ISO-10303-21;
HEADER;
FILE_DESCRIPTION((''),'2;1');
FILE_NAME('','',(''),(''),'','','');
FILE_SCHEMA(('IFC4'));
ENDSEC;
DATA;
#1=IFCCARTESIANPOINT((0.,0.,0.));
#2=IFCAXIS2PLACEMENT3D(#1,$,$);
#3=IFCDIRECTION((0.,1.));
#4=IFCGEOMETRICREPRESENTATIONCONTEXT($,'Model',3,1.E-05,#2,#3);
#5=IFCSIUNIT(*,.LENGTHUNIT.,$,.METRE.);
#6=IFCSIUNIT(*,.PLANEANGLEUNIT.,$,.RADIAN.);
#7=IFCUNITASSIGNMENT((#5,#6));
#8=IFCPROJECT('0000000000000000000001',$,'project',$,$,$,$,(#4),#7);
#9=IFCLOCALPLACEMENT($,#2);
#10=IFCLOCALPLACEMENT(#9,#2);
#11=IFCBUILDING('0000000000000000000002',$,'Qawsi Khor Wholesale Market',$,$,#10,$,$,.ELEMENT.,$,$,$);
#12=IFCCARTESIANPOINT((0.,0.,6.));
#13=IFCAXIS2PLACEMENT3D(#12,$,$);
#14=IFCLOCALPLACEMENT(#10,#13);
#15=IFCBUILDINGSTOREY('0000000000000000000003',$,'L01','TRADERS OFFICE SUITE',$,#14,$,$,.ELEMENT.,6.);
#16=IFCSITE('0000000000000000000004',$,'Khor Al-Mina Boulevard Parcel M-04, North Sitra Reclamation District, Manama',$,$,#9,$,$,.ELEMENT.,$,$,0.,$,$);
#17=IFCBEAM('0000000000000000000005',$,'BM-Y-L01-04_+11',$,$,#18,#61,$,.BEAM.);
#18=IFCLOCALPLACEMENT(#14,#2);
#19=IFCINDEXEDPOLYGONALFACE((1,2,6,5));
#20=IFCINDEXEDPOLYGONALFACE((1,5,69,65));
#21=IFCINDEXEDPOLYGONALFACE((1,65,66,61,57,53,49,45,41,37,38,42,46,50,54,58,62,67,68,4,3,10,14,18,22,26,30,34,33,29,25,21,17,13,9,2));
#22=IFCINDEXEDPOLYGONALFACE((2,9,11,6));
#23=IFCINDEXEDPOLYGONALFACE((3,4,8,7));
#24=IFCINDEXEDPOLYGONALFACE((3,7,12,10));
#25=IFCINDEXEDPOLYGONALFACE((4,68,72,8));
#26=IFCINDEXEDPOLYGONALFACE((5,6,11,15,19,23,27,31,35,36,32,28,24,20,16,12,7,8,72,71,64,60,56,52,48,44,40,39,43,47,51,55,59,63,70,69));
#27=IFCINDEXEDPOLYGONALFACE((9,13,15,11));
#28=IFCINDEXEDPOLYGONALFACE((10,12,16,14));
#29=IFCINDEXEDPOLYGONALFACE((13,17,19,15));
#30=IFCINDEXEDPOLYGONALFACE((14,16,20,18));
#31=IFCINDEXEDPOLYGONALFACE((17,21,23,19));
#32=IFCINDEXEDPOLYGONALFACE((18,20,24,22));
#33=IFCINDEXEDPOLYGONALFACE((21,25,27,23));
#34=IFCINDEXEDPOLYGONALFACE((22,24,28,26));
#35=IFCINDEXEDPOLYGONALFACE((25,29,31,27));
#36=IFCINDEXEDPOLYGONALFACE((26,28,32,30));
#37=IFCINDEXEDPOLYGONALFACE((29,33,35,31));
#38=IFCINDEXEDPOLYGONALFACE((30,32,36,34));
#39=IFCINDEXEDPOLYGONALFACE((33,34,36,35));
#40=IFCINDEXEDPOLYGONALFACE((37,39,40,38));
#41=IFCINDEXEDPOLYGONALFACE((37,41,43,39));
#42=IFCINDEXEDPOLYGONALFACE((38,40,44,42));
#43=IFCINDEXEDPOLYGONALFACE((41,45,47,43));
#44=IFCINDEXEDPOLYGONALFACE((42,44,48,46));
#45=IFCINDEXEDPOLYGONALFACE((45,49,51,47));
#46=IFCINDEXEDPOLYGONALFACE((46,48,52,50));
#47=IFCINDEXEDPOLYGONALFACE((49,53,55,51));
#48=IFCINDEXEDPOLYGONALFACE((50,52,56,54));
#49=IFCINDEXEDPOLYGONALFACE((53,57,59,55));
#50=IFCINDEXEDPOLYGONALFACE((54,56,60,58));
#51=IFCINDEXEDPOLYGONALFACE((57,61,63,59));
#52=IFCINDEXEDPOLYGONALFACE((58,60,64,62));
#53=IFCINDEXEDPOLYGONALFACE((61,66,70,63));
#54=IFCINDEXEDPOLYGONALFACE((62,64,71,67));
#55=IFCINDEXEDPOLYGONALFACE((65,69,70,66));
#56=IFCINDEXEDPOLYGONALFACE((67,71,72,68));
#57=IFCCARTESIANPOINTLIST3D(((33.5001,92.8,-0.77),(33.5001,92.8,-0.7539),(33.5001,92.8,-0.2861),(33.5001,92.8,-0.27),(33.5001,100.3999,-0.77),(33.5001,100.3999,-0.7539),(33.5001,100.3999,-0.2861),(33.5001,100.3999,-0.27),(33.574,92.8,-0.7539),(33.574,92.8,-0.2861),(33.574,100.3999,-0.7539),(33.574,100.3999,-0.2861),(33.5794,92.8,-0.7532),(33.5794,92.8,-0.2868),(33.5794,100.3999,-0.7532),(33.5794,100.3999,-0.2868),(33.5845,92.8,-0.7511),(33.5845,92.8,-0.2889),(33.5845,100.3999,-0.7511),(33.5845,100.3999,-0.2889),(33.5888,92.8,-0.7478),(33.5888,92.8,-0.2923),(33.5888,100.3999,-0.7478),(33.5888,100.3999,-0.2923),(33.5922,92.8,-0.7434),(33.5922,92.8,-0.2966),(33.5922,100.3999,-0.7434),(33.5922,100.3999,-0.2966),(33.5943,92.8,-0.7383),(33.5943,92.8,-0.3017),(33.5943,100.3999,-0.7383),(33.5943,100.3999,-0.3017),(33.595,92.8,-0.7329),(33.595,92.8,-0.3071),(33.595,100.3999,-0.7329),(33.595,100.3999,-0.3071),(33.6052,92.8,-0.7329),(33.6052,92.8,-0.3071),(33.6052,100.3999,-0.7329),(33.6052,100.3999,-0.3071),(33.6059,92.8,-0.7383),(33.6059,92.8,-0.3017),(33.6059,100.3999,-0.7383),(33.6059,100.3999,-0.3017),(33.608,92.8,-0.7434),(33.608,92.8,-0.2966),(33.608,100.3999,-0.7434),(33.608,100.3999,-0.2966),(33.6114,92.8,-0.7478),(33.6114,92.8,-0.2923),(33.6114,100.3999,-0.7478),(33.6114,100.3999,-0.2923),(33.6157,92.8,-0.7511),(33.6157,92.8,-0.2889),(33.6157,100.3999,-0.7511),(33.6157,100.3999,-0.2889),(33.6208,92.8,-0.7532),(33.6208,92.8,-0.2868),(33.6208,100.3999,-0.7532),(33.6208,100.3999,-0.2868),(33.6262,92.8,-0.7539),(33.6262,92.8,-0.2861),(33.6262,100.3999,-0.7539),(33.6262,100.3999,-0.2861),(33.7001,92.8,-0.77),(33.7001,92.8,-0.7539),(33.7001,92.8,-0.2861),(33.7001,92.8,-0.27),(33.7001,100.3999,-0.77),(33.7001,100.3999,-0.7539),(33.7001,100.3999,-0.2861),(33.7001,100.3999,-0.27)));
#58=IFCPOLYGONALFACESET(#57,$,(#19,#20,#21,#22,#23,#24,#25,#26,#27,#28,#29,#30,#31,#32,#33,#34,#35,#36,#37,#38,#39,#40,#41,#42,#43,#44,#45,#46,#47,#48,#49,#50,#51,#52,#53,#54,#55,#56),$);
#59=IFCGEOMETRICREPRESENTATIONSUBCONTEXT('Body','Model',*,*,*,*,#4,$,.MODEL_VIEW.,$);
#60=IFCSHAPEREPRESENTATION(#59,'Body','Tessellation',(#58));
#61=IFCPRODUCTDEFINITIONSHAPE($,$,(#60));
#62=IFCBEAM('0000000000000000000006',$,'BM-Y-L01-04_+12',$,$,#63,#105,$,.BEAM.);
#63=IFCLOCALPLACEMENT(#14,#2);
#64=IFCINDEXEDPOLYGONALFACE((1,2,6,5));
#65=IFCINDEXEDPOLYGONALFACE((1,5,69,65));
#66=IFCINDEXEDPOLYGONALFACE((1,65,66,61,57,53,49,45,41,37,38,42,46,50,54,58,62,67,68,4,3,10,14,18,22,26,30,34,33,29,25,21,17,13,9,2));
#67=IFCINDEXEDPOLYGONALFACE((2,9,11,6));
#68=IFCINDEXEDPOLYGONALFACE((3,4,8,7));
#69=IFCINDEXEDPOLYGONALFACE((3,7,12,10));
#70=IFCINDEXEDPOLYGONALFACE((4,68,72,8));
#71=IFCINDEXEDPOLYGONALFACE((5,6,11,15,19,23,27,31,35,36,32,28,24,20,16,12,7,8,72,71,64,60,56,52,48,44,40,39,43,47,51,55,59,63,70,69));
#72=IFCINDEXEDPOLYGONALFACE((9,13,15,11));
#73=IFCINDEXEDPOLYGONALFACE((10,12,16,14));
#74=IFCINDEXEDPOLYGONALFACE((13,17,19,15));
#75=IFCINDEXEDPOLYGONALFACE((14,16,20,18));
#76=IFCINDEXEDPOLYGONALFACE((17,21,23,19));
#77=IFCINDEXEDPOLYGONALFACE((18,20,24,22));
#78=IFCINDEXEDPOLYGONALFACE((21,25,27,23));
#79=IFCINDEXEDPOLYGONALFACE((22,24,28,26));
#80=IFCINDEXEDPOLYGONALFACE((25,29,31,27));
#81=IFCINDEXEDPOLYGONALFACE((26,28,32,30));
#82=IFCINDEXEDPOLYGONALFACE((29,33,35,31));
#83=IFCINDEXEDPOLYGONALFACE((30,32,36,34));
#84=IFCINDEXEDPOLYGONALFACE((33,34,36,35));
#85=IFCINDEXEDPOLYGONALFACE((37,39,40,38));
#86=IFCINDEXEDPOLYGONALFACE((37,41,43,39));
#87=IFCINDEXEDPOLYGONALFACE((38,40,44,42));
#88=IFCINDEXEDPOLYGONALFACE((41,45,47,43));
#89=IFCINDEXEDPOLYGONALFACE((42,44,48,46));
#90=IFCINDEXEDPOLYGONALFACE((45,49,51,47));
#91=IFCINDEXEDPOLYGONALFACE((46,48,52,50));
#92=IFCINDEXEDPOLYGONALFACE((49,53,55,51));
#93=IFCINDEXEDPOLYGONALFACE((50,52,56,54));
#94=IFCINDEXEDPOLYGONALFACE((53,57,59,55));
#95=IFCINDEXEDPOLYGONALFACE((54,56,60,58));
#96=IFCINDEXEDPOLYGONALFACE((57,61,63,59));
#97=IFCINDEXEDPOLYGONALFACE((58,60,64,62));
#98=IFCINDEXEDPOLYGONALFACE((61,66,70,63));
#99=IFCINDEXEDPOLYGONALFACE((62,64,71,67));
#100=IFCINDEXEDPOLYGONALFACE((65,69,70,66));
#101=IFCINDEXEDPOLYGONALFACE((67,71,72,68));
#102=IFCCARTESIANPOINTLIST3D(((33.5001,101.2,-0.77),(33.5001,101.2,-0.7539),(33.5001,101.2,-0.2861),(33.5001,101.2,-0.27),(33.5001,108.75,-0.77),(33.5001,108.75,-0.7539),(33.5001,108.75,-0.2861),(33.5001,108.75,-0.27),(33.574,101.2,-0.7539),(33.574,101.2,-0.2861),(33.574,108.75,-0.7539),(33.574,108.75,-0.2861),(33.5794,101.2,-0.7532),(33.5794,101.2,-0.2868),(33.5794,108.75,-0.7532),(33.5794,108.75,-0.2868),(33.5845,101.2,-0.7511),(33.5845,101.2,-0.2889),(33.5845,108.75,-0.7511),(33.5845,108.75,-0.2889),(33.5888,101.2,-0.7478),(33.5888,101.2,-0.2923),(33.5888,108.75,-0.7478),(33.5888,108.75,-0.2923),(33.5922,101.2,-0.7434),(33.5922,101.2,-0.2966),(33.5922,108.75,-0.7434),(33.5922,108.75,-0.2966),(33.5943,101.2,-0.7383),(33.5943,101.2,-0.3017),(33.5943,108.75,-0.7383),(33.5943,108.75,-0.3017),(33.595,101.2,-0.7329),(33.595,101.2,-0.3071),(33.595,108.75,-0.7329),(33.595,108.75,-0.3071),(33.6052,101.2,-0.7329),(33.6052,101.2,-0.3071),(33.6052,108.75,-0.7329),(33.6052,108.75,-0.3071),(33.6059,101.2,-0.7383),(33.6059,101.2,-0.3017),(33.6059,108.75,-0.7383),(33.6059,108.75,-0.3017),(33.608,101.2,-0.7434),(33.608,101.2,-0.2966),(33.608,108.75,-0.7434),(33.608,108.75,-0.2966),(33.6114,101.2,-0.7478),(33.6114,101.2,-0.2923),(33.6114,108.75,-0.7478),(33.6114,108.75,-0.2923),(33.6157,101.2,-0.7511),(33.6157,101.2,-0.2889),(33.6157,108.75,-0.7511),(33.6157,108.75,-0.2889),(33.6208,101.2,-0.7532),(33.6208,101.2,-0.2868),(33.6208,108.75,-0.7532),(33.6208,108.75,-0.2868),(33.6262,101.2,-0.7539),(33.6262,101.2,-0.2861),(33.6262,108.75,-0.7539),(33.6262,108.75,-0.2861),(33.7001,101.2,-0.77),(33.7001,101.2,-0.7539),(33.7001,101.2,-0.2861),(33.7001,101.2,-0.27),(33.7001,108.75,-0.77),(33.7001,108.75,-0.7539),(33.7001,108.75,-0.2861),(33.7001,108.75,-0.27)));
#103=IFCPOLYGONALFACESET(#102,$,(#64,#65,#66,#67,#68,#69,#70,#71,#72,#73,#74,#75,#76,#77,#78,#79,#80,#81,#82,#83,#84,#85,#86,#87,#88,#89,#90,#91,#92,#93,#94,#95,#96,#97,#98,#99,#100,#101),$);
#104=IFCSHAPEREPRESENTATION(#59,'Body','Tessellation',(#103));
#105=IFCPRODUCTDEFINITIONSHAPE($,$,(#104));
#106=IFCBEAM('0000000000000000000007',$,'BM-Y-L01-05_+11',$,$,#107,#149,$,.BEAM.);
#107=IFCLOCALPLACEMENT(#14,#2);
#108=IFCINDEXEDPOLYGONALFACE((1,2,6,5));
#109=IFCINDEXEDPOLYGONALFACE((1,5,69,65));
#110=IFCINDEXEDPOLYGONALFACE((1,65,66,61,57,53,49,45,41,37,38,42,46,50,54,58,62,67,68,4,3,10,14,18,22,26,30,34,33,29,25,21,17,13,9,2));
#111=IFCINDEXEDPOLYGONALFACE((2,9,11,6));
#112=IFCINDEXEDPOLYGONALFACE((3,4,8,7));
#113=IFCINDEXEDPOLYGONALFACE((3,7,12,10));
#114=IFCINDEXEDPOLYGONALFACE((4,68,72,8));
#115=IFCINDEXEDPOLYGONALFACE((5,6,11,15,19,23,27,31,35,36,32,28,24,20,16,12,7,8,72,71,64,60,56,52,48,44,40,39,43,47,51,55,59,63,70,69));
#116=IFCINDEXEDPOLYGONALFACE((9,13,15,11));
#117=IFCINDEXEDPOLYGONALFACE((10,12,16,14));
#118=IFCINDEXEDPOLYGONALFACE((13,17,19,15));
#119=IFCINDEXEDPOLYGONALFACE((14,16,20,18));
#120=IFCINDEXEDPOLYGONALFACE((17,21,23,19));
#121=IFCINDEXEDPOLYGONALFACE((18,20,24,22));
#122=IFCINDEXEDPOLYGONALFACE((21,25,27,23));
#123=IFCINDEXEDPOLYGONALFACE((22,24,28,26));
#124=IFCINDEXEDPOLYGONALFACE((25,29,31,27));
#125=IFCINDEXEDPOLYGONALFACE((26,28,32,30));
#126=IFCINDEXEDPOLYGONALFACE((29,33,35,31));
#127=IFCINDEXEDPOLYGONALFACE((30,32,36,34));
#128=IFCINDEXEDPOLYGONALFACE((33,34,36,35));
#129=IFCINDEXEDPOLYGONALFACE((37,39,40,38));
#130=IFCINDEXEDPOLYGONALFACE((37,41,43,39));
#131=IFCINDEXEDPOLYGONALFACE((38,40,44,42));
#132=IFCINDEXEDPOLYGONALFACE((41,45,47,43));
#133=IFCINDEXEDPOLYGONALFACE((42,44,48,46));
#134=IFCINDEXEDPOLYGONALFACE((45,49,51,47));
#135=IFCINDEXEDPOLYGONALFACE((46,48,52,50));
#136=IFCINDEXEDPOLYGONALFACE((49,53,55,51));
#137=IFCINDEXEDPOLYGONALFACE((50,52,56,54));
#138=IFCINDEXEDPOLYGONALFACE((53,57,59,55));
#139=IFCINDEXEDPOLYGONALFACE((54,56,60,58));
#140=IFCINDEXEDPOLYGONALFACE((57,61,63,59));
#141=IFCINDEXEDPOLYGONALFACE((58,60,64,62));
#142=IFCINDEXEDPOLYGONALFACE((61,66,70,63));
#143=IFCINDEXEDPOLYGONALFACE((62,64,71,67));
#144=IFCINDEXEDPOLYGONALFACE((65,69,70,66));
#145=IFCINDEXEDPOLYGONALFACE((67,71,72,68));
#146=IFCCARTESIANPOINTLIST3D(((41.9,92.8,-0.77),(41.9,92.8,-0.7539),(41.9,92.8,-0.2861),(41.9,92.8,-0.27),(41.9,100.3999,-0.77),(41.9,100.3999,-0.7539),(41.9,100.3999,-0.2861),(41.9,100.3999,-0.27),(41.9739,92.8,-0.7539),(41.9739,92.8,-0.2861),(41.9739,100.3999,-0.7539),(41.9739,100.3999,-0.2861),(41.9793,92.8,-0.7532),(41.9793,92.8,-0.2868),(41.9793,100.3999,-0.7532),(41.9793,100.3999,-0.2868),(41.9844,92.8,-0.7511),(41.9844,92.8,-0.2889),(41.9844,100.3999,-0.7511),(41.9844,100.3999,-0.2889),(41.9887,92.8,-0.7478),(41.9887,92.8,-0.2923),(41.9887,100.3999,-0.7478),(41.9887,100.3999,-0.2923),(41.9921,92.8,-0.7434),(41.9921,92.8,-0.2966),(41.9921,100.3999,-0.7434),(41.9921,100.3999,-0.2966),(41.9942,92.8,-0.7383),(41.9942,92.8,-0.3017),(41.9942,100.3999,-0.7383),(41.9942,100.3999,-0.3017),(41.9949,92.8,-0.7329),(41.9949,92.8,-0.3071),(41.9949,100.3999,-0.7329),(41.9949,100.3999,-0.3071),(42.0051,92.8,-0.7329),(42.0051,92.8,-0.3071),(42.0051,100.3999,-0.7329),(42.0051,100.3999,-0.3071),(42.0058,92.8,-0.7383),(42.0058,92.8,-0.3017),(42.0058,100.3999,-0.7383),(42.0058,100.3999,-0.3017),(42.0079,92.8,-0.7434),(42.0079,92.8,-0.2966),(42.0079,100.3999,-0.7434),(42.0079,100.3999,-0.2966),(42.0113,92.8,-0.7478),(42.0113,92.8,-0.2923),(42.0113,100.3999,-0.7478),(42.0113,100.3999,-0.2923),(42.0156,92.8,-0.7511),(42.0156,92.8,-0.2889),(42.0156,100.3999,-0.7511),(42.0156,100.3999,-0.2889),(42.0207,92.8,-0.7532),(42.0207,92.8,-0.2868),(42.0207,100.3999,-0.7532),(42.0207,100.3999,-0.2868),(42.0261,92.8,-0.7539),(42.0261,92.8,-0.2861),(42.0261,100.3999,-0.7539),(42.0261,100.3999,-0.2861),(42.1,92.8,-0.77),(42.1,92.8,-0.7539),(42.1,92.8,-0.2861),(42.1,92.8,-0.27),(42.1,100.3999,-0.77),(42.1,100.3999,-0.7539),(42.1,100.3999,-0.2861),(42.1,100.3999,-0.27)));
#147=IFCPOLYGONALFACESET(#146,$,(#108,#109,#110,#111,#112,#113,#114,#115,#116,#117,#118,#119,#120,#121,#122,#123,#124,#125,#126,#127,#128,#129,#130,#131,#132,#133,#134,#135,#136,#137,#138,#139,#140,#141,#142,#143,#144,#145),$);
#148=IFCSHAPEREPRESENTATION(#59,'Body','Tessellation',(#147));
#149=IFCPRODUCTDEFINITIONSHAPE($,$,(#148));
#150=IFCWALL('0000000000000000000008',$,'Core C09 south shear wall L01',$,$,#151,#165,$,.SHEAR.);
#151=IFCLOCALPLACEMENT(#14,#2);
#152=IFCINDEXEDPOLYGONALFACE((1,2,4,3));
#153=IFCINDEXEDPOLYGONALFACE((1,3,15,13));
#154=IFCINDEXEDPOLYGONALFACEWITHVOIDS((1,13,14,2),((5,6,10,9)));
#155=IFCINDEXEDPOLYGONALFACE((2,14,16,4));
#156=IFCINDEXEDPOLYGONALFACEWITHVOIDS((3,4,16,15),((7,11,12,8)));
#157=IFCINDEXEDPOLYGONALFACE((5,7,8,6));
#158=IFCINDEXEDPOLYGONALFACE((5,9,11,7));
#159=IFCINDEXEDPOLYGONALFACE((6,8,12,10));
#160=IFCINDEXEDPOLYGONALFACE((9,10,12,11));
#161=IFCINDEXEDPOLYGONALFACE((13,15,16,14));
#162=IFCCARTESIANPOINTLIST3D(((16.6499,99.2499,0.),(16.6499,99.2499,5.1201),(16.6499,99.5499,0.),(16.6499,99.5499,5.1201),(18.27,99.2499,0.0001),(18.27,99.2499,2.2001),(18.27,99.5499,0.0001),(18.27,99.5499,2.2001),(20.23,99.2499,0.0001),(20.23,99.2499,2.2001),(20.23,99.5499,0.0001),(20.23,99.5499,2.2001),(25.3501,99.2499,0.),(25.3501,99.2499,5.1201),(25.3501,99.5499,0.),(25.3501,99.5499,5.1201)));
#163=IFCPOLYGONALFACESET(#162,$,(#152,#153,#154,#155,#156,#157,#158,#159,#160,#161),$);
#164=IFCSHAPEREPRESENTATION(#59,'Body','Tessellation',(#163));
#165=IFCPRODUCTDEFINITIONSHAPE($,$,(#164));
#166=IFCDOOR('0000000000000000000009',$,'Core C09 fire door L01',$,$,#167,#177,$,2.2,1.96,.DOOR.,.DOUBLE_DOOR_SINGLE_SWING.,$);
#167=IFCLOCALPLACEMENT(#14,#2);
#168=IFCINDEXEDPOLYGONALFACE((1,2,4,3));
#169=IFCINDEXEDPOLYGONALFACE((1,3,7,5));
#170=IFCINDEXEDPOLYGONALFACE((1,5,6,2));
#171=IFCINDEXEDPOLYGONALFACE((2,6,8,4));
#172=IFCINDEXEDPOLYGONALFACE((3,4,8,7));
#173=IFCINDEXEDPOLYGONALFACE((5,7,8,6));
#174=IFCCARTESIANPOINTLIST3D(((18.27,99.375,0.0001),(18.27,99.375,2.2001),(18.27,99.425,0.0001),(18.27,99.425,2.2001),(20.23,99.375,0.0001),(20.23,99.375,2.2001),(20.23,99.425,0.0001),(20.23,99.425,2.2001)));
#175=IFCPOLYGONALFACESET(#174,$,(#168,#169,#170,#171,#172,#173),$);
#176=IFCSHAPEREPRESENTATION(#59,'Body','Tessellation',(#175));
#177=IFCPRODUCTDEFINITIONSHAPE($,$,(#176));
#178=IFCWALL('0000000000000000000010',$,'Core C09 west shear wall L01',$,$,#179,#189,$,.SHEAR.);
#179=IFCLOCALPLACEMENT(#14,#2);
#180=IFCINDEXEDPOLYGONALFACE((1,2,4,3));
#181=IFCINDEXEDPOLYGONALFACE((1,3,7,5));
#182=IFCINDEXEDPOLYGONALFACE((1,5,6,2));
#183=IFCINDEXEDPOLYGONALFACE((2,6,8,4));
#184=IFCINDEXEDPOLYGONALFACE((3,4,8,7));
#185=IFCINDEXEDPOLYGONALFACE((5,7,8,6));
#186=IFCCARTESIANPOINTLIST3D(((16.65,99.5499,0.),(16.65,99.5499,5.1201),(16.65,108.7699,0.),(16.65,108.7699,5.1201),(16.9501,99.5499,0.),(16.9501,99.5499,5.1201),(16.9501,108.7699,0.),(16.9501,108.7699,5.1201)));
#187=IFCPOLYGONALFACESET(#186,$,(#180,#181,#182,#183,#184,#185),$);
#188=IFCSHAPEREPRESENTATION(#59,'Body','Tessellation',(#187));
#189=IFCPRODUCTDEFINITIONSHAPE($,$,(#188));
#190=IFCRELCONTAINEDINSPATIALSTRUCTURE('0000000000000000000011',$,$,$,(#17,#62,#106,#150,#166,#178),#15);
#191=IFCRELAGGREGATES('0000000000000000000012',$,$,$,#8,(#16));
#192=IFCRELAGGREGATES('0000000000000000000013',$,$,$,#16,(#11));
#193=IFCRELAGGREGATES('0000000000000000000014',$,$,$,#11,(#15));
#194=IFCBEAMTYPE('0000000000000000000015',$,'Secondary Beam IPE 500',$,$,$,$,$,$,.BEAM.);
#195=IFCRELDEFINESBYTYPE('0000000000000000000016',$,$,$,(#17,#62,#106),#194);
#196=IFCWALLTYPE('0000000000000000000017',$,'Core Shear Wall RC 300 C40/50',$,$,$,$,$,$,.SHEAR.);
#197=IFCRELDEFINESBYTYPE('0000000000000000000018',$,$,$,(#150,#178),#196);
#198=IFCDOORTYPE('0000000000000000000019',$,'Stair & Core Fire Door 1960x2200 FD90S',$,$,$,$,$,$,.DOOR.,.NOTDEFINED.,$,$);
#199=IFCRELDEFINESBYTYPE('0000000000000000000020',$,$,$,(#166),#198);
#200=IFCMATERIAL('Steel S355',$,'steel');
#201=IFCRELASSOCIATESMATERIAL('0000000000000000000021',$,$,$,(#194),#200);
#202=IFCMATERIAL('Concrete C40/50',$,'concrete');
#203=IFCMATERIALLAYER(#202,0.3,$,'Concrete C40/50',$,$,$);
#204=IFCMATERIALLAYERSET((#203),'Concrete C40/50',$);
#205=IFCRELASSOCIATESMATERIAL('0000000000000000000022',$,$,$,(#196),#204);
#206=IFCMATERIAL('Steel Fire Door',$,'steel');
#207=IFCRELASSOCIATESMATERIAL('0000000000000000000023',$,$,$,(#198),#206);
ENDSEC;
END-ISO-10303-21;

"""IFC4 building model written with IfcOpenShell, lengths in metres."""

from ifc_helpers import new_model, si_unit, direction, frame, frame_2d, origin, origin_2d, place, context, subcontext, project, spatial, rectangle, i_section, extrude, material, layer, layer_set, material_profile, profile_set, type_object, element, fill, save


model = new_model("IFC4")

# Units and contexts
model_context = context("Model", 3, precision=1e-05, world=origin(), true_north=direction((0.0, 1.0)))
body_context = subcontext(model_context, "Body", "Model", "MODEL_VIEW")
ifc_project = project(units=[si_unit("LENGTHUNIT", "METRE"), si_unit("PLANEANGLEUNIT", "RADIAN")], contexts=[model_context])

# Site, building, storey
site_placement = place(None, origin())
site = spatial("IfcSite", under=ifc_project, at=site_placement, Name="Khor Al-Mina Boulevard Parcel M-04, North Sitra Reclamation District, Manama", CompositionType="ELEMENT", RefElevation=0.0)
building_placement = place(site_placement, origin())
building = spatial("IfcBuilding", under=site, at=building_placement, Name="Qawsi Khor Wholesale Market", CompositionType="ELEMENT")
storey_placement = place(building_placement, frame((0.0, 0.0, 6.0)))
storey = spatial("IfcBuildingStorey", under=building, at=storey_placement, Name="L01", Description="TRADERS OFFICE SUITE", CompositionType="ELEMENT", Elevation=6.0)

# Shared definitions
ifc_material_1 = material(Name="Concrete C40/50", Category="concrete")

# Beams
ifc_material_2 = material(Name="Steel S355", Category="steel")
ifc_material_profile_1 = material_profile(ifc_material_2, i_section(OverallWidth=0.2, OverallDepth=0.5, WebThickness=0.0103, FlangeThickness=0.0161, FilletRadius=0.021, at=origin_2d()), Name="IPE 500")
ifc_profile_set_1 = profile_set([ifc_material_profile_1], Name="Steel S355")
beam_type_1 = type_object("IfcBeamType", Name="Secondary Beam IPE 500", PredefinedType="BEAM", material=ifc_profile_set_1)
beam_1_placement = place(storey_placement, frame((33.6001, 92.8, -0.52), z_axis=(0.0, 1.0, 0.0), x_axis=(-1.0, 0.0, 0.0)))
element("IfcBeam", 1, at=beam_1_placement, inside=storey, type_object=beam_type_1, Name="BM-Y-L01-04_+11", PredefinedType="BEAM", context=body_context, shape_type="SweptSolid", body=[
    extrude(i_section(OverallWidth=0.2, OverallDepth=0.5, WebThickness=0.0103, FlangeThickness=0.0161, FilletRadius=0.021, at=origin_2d()), origin(), (0.0, 0.0, 1.0), 7.5999),
])
beam_2_placement = place(storey_placement, frame((33.6001, 101.2, -0.52), z_axis=(0.0, 1.0, 0.0), x_axis=(-1.0, 0.0, 0.0)))
element("IfcBeam", 2, at=beam_2_placement, inside=storey, type_object=beam_type_1, Name="BM-Y-L01-04_+12", PredefinedType="BEAM", context=body_context, shape_type="SweptSolid", body=[
    extrude(i_section(OverallWidth=0.2, OverallDepth=0.5, WebThickness=0.0103, FlangeThickness=0.0161, FilletRadius=0.021, at=origin_2d()), origin(), (0.0, 0.0, 1.0), 7.55),
])
beam_3_placement = place(storey_placement, frame((42.0, 92.8, -0.52), z_axis=(0.0, 1.0, 0.0), x_axis=(-1.0, 0.0, 0.0)))
element("IfcBeam", 3, at=beam_3_placement, inside=storey, type_object=beam_type_1, Name="BM-Y-L01-05_+11", PredefinedType="BEAM", context=body_context, shape_type="SweptSolid", body=[
    extrude(i_section(OverallWidth=0.2, OverallDepth=0.5, WebThickness=0.0103, FlangeThickness=0.0161, FilletRadius=0.021, at=origin_2d()), origin(), (0.0, 0.0, 1.0), 7.5999),
])

# Wall, opening, door
ifc_layer_1 = layer(ifc_material_1, 0.3, Name="Concrete C40/50")
ifc_layer_set_1 = layer_set([ifc_layer_1], Name="Concrete C40/50")
wall_type_1 = type_object("IfcWallType", Name="Core Shear Wall RC 300 C40/50", PredefinedType="SHEAR", material=ifc_layer_set_1)
wall_1_placement = place(storey_placement, frame((25.3501, 99.3999, 0.0), z_axis=(0.0, 0.0, 1.0), x_axis=(-1.0, 0.0, 0.0)))
wall_1 = element("IfcWall", 4, at=wall_1_placement, inside=storey, type_object=wall_type_1, Name="Core C09 south shear wall L01", PredefinedType="SHEAR", context=body_context, shape_type="SweptSolid", body=[
    extrude(rectangle(XDim=8.7002, YDim=0.3, at=frame_2d((4.3501, 0.0))), origin(), (0.0, 0.0, 1.0), 5.1201),
])
opening_1_placement = place(wall_1_placement, frame((5.1201, 0.0, 0.0)))
opening_1 = element("IfcOpeningElement", 5, at=opening_1_placement, cuts=wall_1, PredefinedType="OPENING", context=body_context, shape_type="SweptSolid", body=[
    extrude(rectangle(XDim=1.96, YDim=2.2, at=frame_2d((0.98, 1.1001))), frame((0.0, 0.1599, 0.0), z_axis=(0.0, -1.0, 0.0), x_axis=(1.0, 0.0, 0.0)), (0.0, 0.0, 1.0), 0.3201),
])
ifc_material_3 = material(Name="Steel Fire Door", Category="steel")
door_type_1 = type_object("IfcDoorType", Name="Stair & Core Fire Door 1960x2200 FD90S", OperationType="NOTDEFINED", PredefinedType="DOOR", material=ifc_material_3)
door_1_placement = place(opening_1_placement, origin())
door_1 = element("IfcDoor", 6, at=door_1_placement, inside=storey, type_object=door_type_1, Name="Core C09 fire door L01", OperationType="DOUBLE_DOOR_SINGLE_SWING", OverallHeight=2.2, OverallWidth=1.96, PredefinedType="DOOR", context=body_context, shape_type="SweptSolid", body=[
    extrude(rectangle(XDim=1.96, YDim=2.2, at=frame_2d((0.98, 1.1001))), frame((0.0, 0.0249, 0.0), z_axis=(0.0, -1.0, 0.0), x_axis=(1.0, 0.0, 0.0)), (0.0, 0.0, 1.0), 0.05),
])
fill(opening_1, door_1)

# Wall
wall_2_placement = place(storey_placement, frame((16.8, 99.55, 0.0), z_axis=(0.0, 0.0, 1.0), x_axis=(0.0, 1.0, 0.0)))
element("IfcWall", 7, at=wall_2_placement, inside=storey, type_object=wall_type_1, Name="Core C09 west shear wall L01", PredefinedType="SHEAR", context=body_context, shape_type="SweptSolid", body=[
    extrude(rectangle(XDim=9.22, YDim=0.3, at=frame_2d((4.6099, 0.0))), origin(), (0.0, 0.0, 1.0), 5.1201),
])

save(model, "model.ifc")
